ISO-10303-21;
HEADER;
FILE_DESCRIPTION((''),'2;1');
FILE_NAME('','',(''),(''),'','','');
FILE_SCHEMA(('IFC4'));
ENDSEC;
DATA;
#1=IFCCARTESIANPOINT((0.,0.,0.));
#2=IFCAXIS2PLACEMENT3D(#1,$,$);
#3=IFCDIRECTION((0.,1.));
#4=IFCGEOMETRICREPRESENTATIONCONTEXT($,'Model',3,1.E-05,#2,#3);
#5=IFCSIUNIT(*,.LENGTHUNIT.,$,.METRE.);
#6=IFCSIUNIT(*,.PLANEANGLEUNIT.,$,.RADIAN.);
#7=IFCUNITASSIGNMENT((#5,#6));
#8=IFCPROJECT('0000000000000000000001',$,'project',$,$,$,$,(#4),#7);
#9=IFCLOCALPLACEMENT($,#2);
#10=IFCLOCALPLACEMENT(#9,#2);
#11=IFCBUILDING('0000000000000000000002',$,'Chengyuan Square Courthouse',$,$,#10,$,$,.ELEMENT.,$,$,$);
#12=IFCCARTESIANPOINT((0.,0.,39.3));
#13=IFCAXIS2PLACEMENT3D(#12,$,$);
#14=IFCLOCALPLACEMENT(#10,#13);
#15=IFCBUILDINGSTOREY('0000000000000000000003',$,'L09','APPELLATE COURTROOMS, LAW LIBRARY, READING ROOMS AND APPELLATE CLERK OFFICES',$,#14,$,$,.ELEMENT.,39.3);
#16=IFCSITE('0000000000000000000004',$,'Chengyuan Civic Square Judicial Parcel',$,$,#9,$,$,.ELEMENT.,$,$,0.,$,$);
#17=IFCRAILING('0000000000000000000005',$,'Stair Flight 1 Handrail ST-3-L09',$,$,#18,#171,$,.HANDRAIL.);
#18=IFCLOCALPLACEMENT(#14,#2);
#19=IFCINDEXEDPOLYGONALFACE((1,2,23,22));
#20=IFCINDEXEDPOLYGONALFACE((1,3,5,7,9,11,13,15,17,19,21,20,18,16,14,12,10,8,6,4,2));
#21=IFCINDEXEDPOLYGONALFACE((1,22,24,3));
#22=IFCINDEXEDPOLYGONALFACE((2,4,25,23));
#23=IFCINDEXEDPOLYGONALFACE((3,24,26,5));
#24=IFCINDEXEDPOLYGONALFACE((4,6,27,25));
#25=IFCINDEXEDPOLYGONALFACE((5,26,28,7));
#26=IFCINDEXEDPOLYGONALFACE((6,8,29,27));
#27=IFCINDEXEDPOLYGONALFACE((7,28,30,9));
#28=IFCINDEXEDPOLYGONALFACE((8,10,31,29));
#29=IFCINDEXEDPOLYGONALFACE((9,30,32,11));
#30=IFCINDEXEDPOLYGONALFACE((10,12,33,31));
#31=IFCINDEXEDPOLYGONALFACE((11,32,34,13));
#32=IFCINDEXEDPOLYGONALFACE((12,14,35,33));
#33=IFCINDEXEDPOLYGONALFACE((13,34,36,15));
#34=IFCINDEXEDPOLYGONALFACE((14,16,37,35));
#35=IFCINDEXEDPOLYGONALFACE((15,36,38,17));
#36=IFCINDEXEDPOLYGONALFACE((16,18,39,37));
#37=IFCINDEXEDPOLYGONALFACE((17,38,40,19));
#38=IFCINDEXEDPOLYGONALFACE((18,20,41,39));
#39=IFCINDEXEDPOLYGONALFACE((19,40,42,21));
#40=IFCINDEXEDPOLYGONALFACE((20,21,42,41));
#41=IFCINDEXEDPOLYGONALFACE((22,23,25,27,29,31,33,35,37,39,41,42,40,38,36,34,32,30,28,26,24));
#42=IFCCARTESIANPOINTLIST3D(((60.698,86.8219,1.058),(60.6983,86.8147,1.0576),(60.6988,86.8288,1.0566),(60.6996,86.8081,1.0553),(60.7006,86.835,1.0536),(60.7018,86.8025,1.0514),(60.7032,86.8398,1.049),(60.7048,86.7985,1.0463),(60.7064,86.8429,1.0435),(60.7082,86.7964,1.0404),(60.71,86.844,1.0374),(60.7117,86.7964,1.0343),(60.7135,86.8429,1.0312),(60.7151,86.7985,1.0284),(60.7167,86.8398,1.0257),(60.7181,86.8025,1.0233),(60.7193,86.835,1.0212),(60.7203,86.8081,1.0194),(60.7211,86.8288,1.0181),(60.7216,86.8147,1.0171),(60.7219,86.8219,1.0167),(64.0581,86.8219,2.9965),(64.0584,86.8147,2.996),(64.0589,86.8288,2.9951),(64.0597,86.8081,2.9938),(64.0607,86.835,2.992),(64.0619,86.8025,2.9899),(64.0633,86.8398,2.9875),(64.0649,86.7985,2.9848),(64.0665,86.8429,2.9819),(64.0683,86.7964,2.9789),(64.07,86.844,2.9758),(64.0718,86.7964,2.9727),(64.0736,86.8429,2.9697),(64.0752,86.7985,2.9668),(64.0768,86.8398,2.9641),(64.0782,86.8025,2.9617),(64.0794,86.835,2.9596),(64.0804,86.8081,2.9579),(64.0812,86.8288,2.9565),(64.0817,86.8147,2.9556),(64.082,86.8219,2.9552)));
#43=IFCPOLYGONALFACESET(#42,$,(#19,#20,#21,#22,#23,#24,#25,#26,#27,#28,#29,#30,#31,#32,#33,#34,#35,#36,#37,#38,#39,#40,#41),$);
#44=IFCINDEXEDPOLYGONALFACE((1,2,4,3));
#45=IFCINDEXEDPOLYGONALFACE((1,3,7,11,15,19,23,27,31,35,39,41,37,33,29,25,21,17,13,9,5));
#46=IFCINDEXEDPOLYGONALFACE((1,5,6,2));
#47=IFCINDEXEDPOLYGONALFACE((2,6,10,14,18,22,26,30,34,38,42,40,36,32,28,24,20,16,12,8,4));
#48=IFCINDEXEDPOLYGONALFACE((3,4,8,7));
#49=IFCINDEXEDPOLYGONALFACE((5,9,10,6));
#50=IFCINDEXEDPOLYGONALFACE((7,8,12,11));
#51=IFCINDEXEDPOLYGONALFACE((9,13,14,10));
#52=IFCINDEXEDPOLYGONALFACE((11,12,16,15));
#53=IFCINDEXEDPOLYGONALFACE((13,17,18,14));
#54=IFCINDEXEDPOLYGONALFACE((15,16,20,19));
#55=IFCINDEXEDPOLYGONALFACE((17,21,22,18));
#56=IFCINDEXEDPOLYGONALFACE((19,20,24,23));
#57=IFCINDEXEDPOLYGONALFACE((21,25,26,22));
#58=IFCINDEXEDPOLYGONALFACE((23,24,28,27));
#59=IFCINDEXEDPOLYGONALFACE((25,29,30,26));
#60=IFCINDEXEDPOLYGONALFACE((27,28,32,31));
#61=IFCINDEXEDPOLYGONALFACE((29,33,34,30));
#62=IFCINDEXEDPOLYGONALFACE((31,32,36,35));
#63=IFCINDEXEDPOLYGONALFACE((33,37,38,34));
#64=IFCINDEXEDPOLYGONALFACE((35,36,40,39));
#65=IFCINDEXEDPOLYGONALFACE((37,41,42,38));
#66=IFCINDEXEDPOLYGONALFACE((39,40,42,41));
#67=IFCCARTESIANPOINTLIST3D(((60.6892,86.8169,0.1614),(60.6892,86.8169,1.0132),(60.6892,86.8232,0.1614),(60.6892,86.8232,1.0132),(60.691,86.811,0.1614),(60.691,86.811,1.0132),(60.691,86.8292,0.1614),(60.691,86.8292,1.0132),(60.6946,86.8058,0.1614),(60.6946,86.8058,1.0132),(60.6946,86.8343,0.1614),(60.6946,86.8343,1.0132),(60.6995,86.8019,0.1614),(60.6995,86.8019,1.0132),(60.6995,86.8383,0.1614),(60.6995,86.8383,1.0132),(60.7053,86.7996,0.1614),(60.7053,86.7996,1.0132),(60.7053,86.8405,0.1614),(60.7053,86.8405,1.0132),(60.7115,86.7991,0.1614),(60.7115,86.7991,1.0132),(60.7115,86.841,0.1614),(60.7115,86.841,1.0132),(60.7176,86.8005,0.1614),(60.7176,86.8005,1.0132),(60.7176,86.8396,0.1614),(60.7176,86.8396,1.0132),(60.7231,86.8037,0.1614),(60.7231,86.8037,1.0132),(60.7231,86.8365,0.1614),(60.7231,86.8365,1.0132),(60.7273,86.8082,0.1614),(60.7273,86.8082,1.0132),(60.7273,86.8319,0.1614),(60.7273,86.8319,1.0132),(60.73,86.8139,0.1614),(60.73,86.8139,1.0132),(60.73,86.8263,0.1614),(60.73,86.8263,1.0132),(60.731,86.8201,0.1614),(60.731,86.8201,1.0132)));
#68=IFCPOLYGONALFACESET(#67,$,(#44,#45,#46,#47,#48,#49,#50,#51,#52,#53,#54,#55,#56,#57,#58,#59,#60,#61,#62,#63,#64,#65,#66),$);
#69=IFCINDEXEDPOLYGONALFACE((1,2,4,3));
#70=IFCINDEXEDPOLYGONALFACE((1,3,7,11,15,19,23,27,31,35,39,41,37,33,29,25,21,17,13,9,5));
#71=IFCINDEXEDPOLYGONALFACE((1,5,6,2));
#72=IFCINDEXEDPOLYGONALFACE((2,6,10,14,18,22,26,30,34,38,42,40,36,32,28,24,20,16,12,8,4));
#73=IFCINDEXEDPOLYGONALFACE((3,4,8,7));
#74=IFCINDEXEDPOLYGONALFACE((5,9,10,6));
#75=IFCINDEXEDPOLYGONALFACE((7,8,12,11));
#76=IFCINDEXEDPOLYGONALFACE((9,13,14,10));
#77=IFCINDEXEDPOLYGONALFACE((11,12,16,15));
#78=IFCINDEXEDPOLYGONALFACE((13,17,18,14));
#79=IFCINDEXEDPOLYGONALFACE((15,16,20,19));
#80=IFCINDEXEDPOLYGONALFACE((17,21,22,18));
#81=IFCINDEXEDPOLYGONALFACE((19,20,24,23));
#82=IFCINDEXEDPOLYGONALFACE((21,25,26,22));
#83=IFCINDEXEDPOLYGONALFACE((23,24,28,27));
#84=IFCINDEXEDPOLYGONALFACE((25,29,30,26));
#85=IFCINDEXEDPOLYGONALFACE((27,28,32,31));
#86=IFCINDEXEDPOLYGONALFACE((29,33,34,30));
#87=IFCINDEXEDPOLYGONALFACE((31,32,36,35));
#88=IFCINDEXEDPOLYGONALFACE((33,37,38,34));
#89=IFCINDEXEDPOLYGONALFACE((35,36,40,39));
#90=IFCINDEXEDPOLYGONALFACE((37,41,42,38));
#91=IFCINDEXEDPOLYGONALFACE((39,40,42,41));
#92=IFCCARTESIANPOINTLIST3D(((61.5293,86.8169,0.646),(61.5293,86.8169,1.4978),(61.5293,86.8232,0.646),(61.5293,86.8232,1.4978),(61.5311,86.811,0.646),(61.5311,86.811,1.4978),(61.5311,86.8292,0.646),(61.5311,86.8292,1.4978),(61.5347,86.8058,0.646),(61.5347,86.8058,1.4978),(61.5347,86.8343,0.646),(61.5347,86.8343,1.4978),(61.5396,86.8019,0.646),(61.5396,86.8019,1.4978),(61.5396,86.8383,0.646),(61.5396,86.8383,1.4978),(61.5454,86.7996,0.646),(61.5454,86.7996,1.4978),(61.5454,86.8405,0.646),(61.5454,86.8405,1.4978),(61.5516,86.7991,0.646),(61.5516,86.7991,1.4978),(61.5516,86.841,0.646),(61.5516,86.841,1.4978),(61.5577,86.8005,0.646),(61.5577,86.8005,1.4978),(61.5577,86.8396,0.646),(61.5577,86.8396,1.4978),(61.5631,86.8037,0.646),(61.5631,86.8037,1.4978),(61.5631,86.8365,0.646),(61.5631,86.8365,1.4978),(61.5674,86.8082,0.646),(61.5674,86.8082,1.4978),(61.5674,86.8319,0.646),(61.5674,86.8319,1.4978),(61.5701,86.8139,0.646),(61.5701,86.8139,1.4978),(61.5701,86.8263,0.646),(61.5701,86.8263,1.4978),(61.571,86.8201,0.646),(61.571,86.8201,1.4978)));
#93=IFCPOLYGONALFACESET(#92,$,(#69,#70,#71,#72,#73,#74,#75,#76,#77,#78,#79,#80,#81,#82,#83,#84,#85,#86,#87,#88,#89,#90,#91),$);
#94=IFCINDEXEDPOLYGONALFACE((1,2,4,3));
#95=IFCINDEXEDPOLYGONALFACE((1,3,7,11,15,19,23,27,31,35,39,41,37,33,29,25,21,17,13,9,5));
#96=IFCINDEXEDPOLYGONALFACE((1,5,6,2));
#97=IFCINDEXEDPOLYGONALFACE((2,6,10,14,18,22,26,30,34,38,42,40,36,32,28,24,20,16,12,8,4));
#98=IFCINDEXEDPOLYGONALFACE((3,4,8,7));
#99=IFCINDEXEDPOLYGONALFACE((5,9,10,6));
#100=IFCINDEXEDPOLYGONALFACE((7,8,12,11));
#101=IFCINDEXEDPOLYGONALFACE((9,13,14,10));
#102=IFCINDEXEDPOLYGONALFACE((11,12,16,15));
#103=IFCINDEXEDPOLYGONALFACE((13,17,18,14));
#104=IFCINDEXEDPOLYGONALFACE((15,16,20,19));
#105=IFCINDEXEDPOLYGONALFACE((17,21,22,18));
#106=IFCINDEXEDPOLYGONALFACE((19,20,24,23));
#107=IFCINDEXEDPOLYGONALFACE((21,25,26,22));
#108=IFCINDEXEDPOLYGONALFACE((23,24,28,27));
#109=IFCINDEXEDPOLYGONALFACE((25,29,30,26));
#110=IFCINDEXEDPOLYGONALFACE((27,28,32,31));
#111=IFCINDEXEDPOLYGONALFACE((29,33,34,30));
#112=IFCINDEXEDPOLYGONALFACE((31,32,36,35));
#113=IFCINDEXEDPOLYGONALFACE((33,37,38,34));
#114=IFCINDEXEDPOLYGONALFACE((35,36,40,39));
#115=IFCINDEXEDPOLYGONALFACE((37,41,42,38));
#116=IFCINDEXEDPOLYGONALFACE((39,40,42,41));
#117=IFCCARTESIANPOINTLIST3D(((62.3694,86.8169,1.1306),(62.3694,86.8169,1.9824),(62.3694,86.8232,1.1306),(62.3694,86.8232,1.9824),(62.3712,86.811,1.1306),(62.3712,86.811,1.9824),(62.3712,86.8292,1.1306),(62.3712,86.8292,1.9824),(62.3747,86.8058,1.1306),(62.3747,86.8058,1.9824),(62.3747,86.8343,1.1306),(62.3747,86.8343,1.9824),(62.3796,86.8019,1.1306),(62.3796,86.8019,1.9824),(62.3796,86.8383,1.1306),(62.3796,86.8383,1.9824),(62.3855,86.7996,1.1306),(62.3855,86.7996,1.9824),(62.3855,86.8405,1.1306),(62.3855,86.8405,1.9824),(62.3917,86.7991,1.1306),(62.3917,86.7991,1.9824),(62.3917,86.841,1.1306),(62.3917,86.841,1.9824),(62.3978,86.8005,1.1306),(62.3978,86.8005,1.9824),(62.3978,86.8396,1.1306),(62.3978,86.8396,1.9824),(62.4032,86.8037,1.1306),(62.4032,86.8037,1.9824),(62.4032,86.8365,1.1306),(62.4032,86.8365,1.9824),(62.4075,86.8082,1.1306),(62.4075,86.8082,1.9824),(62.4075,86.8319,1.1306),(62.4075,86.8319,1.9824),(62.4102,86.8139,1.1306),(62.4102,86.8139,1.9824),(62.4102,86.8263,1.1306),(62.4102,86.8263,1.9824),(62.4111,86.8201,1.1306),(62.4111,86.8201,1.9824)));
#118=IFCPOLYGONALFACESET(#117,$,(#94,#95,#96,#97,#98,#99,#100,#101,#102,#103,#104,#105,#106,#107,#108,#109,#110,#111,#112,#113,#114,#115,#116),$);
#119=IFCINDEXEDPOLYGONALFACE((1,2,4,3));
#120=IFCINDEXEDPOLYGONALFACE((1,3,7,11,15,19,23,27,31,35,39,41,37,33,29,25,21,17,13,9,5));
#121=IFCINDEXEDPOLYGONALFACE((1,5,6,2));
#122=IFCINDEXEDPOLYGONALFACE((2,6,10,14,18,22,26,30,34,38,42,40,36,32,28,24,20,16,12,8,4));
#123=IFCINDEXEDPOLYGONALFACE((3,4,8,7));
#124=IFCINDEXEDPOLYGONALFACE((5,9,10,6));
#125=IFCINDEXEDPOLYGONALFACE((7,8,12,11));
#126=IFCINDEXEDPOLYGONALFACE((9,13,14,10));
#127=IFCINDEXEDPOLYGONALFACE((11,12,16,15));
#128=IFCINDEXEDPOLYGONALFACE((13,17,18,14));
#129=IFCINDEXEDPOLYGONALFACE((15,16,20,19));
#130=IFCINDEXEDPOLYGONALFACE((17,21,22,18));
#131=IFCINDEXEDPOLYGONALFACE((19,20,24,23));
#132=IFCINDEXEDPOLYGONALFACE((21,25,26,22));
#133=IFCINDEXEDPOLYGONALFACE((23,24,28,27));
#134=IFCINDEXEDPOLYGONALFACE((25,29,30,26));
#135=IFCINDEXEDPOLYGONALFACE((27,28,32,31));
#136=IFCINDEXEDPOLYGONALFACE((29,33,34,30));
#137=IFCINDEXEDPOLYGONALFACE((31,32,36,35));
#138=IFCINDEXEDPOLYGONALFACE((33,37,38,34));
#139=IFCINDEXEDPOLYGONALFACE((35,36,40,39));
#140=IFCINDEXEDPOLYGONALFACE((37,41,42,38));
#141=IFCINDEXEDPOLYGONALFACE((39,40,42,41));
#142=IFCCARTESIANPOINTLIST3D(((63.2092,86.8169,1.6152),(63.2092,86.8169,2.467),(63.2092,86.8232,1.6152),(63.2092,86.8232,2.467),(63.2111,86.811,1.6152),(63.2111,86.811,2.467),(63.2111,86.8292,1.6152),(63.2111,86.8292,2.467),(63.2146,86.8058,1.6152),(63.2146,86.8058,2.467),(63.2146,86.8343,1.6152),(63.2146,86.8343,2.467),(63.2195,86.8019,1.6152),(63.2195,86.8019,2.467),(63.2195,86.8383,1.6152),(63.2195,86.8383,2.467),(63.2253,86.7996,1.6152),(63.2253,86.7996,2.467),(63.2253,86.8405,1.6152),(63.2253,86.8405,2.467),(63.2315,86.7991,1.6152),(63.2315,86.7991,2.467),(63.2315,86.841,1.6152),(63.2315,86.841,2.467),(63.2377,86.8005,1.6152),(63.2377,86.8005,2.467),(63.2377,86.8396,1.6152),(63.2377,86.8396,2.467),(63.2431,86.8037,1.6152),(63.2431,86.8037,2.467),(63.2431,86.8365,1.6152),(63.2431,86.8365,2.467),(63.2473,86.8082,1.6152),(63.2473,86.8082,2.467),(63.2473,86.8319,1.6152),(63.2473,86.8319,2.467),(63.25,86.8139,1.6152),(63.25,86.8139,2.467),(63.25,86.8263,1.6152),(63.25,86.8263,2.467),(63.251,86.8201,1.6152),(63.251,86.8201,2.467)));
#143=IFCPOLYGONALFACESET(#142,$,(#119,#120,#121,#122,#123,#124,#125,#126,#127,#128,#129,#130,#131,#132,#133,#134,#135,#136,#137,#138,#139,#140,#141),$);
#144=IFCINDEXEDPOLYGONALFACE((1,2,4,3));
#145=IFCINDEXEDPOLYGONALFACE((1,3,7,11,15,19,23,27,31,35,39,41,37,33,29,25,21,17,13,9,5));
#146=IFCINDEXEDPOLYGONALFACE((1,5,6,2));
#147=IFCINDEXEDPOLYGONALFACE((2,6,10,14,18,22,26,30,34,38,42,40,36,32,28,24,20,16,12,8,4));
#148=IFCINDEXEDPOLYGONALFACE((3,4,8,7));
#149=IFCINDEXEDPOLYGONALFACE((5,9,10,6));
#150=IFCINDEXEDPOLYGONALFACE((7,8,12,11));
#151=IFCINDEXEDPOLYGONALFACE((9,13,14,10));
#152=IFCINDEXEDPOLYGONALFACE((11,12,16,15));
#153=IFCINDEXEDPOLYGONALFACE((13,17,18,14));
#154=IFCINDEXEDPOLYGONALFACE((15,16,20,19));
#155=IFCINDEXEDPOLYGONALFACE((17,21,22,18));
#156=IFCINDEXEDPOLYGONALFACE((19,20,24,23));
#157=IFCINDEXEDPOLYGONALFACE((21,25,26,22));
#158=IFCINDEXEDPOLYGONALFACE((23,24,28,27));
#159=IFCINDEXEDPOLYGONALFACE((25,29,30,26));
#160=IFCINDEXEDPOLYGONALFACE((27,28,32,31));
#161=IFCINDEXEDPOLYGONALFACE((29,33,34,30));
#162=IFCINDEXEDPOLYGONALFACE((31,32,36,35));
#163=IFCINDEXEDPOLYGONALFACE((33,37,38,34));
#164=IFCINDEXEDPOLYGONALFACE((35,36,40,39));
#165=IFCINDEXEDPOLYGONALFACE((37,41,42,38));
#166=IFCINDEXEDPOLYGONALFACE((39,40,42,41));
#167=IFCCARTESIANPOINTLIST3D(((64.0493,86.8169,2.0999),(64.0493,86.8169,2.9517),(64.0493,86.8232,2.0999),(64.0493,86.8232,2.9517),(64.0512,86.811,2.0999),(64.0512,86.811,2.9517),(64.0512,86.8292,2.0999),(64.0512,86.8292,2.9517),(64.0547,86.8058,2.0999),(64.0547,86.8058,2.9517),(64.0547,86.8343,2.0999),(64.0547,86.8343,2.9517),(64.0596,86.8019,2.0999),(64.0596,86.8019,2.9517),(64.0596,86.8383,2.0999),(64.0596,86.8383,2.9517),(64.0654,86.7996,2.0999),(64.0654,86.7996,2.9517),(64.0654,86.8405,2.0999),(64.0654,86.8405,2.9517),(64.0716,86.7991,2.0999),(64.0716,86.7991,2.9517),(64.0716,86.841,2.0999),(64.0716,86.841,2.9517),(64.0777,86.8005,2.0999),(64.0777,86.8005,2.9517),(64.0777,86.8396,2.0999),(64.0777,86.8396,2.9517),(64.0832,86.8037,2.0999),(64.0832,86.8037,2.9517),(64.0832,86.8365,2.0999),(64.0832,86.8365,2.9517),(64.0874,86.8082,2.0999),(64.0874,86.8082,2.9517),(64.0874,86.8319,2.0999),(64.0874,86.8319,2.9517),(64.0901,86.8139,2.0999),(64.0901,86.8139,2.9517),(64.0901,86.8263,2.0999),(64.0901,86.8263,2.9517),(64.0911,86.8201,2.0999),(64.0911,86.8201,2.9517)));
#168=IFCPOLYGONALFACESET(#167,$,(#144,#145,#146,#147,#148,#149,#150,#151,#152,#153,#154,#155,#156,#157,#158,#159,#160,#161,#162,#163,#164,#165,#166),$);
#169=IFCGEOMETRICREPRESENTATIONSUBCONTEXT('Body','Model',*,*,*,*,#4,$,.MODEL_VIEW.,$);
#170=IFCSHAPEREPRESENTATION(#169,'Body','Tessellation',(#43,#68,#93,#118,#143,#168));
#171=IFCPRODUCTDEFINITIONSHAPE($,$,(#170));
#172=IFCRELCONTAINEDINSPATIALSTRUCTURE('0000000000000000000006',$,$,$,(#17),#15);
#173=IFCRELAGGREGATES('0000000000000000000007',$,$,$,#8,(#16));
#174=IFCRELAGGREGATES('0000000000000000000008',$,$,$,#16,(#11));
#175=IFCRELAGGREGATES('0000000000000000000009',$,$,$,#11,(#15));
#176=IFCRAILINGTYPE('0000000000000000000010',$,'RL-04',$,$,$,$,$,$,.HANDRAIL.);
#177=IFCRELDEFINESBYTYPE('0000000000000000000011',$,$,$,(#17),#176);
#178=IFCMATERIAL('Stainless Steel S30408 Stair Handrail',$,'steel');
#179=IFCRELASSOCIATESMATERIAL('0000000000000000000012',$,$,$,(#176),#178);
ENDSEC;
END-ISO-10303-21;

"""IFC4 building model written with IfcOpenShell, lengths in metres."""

from ifc_helpers import new_model, si_unit, direction, frame, origin, origin_2d, place, context, subcontext, project, spatial, circle, extrude, material, type_object, element, save


model = new_model("IFC4")

# Units and contexts
model_context = context("Model", 3, precision=1e-05, world=origin(), true_north=direction((0.0, 1.0)))
body_context = subcontext(model_context, "Body", "Model", "MODEL_VIEW")
ifc_project = project(units=[si_unit("LENGTHUNIT", "METRE"), si_unit("PLANEANGLEUNIT", "RADIAN")], contexts=[model_context])

# Site, building, storey
site_placement = place(None, origin())
site = spatial("IfcSite", under=ifc_project, at=site_placement, Name="Chengyuan Civic Square Judicial Parcel", CompositionType="ELEMENT", RefElevation=0.0)
building_placement = place(site_placement, origin())
building = spatial("IfcBuilding", under=site, at=building_placement, Name="Chengyuan Square Courthouse", CompositionType="ELEMENT")
storey_placement = place(building_placement, frame((0.0, 0.0, 39.3)))
storey = spatial("IfcBuildingStorey", under=building, at=storey_placement, Name="L09", Description="APPELLATE COURTROOMS, LAW LIBRARY, READING ROOMS AND APPELLATE CLERK OFFICES", CompositionType="ELEMENT", Elevation=39.3)

# Railing
ifc_material_1 = material(Name="Stainless Steel S30408 Stair Handrail", Category="steel")
railing_type_1 = type_object("IfcRailingType", Name="RL-04", PredefinedType="HANDRAIL", material=ifc_material_1)
railing_1_placement = place(storey_placement, frame((60.71, 86.8201, 0.1614)))
element("IfcRailing", 1, at=railing_1_placement, inside=storey, type_object=railing_type_1, Name="Stair Flight 1 Handrail ST-3-L09", PredefinedType="HANDRAIL", context=body_context, shape_type="SweptSolid", body=[
    extrude(circle(Radius=0.0239, at=origin_2d()), frame((0.0, 0.0, 0.876), z_axis=(0.866191, 0.0, 0.499713), x_axis=(0.0, 1.0, 0.0)), (0.0, 0.0, 1.0), 3.8792),
    extrude(circle(Radius=0.021, at=origin_2d()), origin(), (0.0, 0.0, 1.0), 0.8518),
    extrude(circle(Radius=0.021, at=origin_2d()), frame((0.8401, 0.0, 0.4846)), (0.0, 0.0, 1.0), 0.8518),
    extrude(circle(Radius=0.021, at=origin_2d()), frame((1.6802, 0.0, 0.9692)), (0.0, 0.0, 1.0), 0.8518),
    extrude(circle(Radius=0.021, at=origin_2d()), frame((2.52, 0.0, 1.4539)), (0.0, 0.0, 1.0), 0.8518),
    extrude(circle(Radius=0.021, at=origin_2d()), frame((3.3601, 0.0, 1.9385)), (0.0, 0.0, 1.0), 0.8518),
])

save(model, "model.ifc")
